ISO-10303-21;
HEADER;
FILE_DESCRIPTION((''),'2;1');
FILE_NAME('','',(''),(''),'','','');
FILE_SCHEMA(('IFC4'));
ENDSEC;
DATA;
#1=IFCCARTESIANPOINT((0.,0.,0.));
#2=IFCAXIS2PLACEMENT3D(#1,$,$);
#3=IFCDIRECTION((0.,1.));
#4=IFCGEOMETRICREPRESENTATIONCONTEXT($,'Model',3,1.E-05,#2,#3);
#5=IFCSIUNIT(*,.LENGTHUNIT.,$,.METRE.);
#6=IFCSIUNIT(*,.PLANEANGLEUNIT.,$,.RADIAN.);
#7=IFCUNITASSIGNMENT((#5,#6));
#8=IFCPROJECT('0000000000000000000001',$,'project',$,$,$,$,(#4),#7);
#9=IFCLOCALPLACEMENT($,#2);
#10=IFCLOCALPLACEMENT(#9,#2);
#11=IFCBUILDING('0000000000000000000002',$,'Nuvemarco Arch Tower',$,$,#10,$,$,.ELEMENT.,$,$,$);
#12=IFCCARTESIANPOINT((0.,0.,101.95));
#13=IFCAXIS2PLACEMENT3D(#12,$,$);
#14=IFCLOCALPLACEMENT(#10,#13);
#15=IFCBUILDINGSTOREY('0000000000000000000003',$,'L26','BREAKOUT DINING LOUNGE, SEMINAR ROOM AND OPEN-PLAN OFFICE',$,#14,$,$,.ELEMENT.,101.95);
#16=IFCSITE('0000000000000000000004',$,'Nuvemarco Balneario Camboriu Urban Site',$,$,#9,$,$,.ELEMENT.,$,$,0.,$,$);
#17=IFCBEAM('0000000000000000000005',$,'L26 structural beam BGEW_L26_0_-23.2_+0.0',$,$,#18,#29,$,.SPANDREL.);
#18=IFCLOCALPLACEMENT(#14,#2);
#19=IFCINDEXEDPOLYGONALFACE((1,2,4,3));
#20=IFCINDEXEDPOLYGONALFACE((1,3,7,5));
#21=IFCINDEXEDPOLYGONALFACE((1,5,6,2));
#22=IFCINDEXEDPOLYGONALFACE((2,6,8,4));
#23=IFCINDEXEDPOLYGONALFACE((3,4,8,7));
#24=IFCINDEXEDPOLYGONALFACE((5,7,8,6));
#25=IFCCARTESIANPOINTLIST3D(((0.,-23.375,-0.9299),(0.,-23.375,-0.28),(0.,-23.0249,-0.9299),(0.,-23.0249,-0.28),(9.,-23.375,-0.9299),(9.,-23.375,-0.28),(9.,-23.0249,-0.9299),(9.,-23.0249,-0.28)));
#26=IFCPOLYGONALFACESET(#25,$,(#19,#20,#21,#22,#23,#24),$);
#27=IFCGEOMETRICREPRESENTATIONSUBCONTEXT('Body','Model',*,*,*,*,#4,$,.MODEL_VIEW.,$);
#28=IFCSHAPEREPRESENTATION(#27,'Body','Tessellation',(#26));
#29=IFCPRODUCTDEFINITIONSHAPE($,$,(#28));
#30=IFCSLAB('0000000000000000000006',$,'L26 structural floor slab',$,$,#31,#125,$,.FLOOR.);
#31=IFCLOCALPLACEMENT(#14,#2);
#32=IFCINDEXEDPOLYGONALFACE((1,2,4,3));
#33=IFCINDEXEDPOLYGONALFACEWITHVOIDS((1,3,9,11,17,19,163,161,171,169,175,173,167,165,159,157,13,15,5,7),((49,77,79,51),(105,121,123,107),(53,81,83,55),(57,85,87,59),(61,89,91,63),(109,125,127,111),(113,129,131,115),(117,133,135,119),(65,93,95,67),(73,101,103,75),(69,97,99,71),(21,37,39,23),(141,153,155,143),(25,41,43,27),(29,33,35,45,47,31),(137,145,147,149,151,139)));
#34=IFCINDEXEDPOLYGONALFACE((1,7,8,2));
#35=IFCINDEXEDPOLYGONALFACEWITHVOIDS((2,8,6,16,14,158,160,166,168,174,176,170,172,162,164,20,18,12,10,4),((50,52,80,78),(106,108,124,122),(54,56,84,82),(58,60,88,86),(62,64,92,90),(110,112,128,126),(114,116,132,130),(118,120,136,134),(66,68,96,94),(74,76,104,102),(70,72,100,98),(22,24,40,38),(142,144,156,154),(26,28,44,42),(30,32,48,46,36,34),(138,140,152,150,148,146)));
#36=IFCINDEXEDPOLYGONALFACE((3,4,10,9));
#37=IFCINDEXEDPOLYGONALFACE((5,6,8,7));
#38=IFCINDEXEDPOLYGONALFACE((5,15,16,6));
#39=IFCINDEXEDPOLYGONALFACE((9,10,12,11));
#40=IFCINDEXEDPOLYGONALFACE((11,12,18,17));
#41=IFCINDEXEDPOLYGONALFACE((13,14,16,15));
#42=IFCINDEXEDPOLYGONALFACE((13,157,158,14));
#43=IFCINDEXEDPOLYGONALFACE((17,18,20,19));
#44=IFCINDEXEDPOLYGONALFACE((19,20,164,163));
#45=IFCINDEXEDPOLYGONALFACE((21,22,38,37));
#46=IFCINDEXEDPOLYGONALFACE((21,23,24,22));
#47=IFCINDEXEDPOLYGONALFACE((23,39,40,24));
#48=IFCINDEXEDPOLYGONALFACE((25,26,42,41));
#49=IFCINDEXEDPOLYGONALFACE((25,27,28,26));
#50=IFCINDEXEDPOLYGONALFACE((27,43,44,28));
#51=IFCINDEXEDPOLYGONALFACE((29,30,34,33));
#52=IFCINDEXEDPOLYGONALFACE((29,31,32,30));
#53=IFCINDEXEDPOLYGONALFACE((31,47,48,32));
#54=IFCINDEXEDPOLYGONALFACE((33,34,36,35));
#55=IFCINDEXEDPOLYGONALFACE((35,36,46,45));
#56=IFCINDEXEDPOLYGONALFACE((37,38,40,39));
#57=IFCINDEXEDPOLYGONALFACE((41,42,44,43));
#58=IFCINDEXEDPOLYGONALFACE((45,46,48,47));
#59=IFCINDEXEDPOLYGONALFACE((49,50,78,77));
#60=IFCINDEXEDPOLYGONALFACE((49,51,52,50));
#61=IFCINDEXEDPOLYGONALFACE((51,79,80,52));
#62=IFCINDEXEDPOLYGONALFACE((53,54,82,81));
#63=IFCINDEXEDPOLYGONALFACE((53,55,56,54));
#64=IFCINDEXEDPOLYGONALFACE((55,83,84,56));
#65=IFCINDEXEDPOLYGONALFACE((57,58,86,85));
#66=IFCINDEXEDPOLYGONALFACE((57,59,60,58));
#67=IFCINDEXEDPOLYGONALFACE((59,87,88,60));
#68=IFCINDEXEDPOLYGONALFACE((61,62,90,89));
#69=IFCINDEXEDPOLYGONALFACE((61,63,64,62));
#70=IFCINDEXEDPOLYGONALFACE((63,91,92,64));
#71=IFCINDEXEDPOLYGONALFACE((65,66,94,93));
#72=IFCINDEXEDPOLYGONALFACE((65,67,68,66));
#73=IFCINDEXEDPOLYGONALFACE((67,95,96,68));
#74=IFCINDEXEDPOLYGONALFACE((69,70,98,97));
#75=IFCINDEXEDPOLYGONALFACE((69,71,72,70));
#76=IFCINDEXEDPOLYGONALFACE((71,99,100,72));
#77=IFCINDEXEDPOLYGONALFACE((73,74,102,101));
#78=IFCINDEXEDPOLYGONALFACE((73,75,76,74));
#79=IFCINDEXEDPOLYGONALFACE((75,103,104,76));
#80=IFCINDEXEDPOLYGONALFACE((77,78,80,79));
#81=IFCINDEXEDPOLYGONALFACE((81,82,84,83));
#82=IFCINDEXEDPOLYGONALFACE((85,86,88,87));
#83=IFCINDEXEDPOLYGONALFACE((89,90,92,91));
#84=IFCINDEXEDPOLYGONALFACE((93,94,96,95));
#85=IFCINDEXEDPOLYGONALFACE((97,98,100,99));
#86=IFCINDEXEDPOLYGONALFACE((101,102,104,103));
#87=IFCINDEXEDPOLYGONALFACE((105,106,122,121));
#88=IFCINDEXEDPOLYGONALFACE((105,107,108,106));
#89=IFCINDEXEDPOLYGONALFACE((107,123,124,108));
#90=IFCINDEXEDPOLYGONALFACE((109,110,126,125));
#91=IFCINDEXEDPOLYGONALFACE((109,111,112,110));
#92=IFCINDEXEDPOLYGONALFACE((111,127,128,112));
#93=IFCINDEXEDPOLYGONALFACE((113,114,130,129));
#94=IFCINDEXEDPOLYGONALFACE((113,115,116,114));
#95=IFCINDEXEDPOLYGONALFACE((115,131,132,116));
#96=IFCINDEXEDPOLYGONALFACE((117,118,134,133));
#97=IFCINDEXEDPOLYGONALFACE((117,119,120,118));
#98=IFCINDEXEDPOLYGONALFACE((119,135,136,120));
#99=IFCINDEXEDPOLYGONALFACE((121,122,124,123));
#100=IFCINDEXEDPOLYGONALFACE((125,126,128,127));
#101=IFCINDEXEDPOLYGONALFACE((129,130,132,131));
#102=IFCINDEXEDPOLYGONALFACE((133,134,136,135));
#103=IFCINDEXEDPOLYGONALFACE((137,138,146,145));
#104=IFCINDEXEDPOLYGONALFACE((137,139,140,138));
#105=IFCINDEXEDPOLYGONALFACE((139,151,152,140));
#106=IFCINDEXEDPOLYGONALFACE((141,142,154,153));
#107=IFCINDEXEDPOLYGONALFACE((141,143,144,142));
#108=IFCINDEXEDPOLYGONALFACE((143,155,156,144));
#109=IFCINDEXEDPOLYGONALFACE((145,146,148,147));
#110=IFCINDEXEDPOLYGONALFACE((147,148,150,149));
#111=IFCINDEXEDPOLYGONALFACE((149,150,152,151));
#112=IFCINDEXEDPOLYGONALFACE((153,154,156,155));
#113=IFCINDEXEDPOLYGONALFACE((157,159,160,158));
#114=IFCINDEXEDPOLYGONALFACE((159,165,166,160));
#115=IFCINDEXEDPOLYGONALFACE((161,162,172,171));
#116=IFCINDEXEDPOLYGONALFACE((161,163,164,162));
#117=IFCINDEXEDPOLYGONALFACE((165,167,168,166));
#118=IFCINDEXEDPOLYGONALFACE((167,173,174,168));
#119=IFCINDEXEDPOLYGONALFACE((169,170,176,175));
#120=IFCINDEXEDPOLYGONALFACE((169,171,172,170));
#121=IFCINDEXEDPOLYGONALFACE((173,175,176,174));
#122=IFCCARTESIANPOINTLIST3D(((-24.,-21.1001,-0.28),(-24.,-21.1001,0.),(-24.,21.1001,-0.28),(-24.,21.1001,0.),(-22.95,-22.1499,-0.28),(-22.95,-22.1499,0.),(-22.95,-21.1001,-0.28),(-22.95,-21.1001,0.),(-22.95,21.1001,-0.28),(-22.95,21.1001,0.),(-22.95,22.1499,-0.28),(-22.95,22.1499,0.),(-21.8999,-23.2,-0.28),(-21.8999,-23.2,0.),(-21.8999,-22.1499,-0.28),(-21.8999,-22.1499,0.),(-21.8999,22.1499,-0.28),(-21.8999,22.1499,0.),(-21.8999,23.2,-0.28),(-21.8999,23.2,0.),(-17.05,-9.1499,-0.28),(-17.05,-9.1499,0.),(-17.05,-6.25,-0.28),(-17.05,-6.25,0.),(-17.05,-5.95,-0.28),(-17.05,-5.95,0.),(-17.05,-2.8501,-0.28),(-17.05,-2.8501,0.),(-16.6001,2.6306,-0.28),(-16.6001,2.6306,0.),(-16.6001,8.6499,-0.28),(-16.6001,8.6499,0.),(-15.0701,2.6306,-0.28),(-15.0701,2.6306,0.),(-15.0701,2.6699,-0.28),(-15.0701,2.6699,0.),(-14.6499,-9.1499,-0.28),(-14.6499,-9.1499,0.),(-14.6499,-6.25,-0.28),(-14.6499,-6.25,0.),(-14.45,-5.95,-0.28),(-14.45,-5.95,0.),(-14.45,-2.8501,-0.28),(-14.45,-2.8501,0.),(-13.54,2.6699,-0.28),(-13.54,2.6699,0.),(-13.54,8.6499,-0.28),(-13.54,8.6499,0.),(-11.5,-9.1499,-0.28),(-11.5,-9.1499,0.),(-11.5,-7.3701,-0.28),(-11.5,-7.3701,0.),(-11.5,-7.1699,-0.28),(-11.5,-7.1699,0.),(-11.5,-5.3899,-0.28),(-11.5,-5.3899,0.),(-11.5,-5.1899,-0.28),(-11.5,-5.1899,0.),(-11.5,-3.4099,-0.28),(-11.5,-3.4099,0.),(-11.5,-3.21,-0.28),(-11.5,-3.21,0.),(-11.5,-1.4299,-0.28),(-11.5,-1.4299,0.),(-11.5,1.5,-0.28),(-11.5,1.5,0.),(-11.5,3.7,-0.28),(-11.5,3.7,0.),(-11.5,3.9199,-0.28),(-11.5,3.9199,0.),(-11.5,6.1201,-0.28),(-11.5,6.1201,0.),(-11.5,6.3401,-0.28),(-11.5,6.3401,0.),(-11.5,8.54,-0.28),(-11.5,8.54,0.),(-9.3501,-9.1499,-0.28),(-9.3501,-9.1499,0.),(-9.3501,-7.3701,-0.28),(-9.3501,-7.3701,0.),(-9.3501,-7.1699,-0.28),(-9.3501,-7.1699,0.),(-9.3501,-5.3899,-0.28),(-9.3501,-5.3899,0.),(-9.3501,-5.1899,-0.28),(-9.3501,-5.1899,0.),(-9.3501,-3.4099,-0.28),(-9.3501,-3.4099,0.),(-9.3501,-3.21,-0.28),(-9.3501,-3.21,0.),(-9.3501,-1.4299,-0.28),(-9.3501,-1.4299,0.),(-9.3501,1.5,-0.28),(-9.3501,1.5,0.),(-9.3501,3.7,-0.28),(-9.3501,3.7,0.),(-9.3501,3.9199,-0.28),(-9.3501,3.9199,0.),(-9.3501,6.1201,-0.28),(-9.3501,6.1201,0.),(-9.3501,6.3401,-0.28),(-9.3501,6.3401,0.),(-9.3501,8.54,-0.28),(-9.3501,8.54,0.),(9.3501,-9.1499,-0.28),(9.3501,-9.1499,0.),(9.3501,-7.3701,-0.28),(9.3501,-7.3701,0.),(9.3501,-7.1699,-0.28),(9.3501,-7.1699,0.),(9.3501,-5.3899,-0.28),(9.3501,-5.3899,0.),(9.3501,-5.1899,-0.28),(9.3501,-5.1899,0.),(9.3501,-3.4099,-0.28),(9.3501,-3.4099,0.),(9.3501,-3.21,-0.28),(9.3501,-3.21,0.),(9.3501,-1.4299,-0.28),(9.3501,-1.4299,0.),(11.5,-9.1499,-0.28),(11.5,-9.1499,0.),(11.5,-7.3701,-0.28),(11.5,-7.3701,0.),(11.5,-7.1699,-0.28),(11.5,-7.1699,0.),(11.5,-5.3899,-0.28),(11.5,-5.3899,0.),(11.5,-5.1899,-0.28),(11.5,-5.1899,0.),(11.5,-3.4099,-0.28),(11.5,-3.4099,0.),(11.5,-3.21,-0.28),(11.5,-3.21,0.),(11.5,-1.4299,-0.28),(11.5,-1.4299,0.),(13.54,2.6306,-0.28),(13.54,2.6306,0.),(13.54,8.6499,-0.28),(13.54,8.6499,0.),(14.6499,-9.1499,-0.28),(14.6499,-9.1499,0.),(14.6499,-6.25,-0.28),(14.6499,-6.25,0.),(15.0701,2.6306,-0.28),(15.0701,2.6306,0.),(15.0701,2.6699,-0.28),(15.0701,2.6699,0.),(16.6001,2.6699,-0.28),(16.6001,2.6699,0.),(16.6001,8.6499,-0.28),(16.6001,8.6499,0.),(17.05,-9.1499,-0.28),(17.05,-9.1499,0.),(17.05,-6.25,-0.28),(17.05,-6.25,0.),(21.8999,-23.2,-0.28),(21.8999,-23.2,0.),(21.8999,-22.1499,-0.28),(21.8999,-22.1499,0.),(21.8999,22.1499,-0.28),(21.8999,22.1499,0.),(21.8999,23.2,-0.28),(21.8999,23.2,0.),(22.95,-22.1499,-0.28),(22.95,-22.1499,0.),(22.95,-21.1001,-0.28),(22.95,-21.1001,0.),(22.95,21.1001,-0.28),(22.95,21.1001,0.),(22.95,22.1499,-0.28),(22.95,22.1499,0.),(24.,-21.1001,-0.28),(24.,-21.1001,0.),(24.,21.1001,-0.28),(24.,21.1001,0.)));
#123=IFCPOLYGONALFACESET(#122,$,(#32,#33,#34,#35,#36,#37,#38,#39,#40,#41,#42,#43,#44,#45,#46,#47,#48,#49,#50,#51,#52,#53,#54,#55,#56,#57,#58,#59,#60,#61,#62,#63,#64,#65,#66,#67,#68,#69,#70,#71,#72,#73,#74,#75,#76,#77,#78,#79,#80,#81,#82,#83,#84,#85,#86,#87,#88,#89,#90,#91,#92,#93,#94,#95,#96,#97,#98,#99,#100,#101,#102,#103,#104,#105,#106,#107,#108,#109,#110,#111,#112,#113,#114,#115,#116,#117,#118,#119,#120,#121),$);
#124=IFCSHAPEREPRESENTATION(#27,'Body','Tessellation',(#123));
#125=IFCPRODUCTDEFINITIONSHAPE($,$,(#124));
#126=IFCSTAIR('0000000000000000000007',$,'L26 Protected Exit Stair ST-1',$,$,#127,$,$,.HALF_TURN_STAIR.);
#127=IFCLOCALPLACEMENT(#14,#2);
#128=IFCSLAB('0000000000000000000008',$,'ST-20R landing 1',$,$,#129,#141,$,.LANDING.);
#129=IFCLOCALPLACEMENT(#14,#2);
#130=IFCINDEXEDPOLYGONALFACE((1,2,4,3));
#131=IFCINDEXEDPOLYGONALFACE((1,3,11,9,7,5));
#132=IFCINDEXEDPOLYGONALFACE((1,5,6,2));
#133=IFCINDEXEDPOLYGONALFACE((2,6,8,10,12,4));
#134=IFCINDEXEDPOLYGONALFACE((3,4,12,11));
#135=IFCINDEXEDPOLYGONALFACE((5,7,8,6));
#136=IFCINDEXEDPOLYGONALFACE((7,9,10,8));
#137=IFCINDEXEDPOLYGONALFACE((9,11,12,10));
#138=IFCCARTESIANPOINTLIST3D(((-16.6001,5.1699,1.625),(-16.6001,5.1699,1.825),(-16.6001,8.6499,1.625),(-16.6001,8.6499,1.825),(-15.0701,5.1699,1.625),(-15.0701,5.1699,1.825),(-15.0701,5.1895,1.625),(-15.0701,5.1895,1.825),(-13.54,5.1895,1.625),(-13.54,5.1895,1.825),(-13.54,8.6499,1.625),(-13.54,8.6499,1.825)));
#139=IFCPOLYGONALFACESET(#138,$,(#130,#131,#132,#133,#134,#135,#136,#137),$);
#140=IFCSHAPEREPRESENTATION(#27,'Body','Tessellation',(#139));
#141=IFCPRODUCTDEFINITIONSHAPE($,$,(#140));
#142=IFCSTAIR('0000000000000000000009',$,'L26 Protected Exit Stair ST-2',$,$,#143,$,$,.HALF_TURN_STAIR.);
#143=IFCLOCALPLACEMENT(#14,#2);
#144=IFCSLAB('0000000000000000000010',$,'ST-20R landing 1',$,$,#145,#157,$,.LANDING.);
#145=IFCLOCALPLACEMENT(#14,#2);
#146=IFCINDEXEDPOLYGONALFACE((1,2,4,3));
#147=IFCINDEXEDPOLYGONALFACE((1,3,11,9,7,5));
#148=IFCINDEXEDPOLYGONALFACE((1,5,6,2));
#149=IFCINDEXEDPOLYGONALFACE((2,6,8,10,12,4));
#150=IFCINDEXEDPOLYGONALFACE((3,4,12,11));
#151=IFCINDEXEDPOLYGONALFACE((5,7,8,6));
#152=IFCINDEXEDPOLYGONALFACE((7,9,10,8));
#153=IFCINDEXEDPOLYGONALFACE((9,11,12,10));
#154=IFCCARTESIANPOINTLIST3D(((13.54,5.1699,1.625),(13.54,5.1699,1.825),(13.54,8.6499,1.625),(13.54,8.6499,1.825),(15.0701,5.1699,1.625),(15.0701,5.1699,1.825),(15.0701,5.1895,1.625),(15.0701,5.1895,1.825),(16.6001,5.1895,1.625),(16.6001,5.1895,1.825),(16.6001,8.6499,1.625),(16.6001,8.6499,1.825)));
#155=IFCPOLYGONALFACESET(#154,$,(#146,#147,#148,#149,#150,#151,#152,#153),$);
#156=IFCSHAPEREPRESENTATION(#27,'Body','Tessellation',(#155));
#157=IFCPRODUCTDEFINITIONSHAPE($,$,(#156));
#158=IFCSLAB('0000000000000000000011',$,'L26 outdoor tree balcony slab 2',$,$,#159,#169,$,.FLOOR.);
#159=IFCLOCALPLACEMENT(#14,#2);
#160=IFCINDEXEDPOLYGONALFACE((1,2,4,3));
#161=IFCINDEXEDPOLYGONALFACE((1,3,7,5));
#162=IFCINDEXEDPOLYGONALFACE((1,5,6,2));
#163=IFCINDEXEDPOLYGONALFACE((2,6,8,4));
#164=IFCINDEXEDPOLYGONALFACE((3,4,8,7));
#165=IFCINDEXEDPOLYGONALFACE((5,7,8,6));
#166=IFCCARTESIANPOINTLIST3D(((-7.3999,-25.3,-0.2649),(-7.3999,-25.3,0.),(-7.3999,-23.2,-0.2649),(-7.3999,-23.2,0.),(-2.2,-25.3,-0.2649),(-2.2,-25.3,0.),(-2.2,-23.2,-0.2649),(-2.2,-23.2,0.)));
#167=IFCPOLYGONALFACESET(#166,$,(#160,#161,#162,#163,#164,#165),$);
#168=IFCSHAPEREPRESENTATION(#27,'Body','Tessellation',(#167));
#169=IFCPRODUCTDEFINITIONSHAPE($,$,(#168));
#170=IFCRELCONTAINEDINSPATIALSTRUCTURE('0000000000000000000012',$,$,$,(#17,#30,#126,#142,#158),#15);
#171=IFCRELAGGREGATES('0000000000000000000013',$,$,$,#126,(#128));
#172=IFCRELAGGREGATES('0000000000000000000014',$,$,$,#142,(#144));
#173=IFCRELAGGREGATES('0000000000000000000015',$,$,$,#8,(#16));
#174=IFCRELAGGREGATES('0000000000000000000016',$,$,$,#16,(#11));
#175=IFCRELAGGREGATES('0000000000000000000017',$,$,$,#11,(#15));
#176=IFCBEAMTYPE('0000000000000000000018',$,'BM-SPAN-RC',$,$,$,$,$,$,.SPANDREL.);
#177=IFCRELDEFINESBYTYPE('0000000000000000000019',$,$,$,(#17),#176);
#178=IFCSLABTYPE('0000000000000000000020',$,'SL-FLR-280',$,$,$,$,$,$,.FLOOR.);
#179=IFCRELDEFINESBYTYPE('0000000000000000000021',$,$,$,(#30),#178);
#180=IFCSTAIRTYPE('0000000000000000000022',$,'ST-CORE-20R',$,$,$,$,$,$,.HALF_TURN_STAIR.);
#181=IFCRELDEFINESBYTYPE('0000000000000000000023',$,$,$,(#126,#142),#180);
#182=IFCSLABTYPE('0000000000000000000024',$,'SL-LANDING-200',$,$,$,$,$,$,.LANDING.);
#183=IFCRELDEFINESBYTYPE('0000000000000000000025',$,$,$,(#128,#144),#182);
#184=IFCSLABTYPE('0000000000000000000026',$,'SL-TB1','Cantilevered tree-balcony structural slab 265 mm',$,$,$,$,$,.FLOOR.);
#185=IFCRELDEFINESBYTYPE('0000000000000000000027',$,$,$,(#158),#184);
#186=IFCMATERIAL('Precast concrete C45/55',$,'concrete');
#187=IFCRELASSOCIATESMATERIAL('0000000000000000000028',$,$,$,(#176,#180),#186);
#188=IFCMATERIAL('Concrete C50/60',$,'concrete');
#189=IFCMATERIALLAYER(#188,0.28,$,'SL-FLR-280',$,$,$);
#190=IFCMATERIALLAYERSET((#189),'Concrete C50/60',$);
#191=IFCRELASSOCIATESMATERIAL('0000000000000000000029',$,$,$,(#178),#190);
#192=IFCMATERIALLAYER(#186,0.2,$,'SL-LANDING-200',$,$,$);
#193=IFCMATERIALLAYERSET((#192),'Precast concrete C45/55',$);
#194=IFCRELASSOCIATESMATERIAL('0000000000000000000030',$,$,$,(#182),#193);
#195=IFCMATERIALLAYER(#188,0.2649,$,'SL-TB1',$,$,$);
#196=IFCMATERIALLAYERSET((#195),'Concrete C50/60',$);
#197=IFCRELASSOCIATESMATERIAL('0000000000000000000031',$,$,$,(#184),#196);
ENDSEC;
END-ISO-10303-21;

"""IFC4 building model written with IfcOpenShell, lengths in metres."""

from ifc_helpers import new_model, si_unit, direction, frame, origin, origin_2d, place, context, subcontext, project, spatial, polyline, rectangle, outline, extrude, material, layer, layer_set, material_profile, profile_set, type_object, element, aggregate, save


model = new_model("IFC4")

# Units and contexts
model_context = context("Model", 3, precision=1e-05, world=origin(), true_north=direction((0.0, 1.0)))
body_context = subcontext(model_context, "Body", "Model", "MODEL_VIEW")
ifc_project = project(units=[si_unit("LENGTHUNIT", "METRE"), si_unit("PLANEANGLEUNIT", "RADIAN")], contexts=[model_context])

# Site, building, storey
site_placement = place(None, origin())
site = spatial("IfcSite", under=ifc_project, at=site_placement, Name="Nuvemarco Balneario Camboriu Urban Site", CompositionType="ELEMENT", RefElevation=0.0)
building_placement = place(site_placement, origin())
building = spatial("IfcBuilding", under=site, at=building_placement, Name="Nuvemarco Arch Tower", CompositionType="ELEMENT")
storey_placement = place(building_placement, frame((0.0, 0.0, 101.95)))
storey = spatial("IfcBuildingStorey", under=building, at=storey_placement, Name="L26", Description="BREAKOUT DINING LOUNGE, SEMINAR ROOM AND OPEN-PLAN OFFICE", CompositionType="ELEMENT", Elevation=101.95)

# Beam
ifc_material_1 = material(Name="Precast concrete C45/55", Category="concrete")
ifc_material_profile_1 = material_profile(ifc_material_1, rectangle(XDim=0.3501, YDim=0.6499, at=origin_2d()), Name="PC-SP-350x650")
ifc_profile_set_1 = profile_set([ifc_material_profile_1], Name="Precast concrete C45/55")
beam_type_1 = type_object("IfcBeamType", Name="BM-SPAN-RC", PredefinedType="SPANDREL", material=ifc_profile_set_1)
beam_1_placement = place(storey_placement, frame((0.0, -23.2, -0.605), z_axis=(1.0, 0.0, 0.0), x_axis=(0.0, 1.0, 0.0)))
element("IfcBeam", 1, at=beam_1_placement, inside=storey, type_object=beam_type_1, Name="L26 structural beam BGEW_L26_0_-23.2_+0.0", PredefinedType="SPANDREL", context=body_context, shape_type="SweptSolid", body=[
    extrude(rectangle(XDim=0.3501, YDim=0.6499, at=origin_2d()), origin(), (0.0, 0.0, 1.0), 9.0),
])

# Slab
ifc_material_2 = material(Name="Concrete C50/60", Category="concrete")
ifc_layer_1 = layer(ifc_material_2, 0.28, Name="SL-FLR-280")
ifc_layer_set_1 = layer_set([ifc_layer_1], Name="Concrete C50/60")
slab_type_1 = type_object("IfcSlabType", Name="SL-FLR-280", PredefinedType="FLOOR", material=ifc_layer_set_1)
slab_1_placement = place(storey_placement, frame((0.0, 0.0, -0.28)))
element("IfcSlab", 2, at=slab_1_placement, inside=storey, type_object=slab_type_1, Name="L26 structural floor slab", PredefinedType="FLOOR", context=body_context, shape_type="SweptSolid", body=[
    extrude(outline(polyline([(-21.8999, -23.2), (21.8999, -23.2), (21.8999, -22.1499), (22.95, -22.1499), (22.95, -21.1001), (24.0, -21.1001), (24.0, 21.1001), (22.95, 21.1001), (22.95, 22.1499), (21.8999, 22.1499), (21.8999, 23.2), (-21.8999, 23.2), (-21.8999, 22.1499), (-22.95, 22.1499), (-22.95, 21.1001), (-24.0, 21.1001), (-24.0, -21.1001), (-22.95, -21.1001), (-22.95, -22.1499), (-21.8999, -22.1499), (-21.8999, -23.2)]), holes=[polyline([(-13.54, 2.6699), (-13.54, 8.6499), (-16.6001, 8.6499), (-16.6001, 2.6306), (-15.0701, 2.6306), (-15.0701, 2.6699), (-13.54, 2.6699)]), polyline([(16.6001, 2.6699), (16.6001, 8.6499), (13.54, 8.6499), (13.54, 2.6306), (15.0701, 2.6306), (15.0701, 2.6699), (16.6001, 2.6699)]), polyline([(-17.05, -9.1499), (-14.6499, -9.1499), (-14.6499, -6.25), (-17.05, -6.25), (-17.05, -9.1499)]), polyline([(-17.05, -5.95), (-14.45, -5.95), (-14.45, -2.8501), (-17.05, -2.8501), (-17.05, -5.95)]), polyline([(-11.5, -9.1499), (-9.3501, -9.1499), (-9.3501, -7.3701), (-11.5, -7.3701), (-11.5, -9.1499)]), polyline([(-11.5, -7.1699), (-9.3501, -7.1699), (-9.3501, -5.3899), (-11.5, -5.3899), (-11.5, -7.1699)]), polyline([(-11.5, -5.1899), (-9.3501, -5.1899), (-9.3501, -3.4099), (-11.5, -3.4099), (-11.5, -5.1899)]), polyline([(-11.5, -3.21), (-9.3501, -3.21), (-9.3501, -1.4299), (-11.5, -1.4299), (-11.5, -3.21)]), polyline([(-11.5, 1.5), (-9.3501, 1.5), (-9.3501, 3.7), (-11.5, 3.7), (-11.5, 1.5)]), polyline([(-11.5, 3.9199), (-9.3501, 3.9199), (-9.3501, 6.1201), (-11.5, 6.1201), (-11.5, 3.9199)]), polyline([(-11.5, 6.3401), (-9.3501, 6.3401), (-9.3501, 8.54), (-11.5, 8.54), (-11.5, 6.3401)]), polyline([(14.6499, -9.1499), (17.05, -9.1499), (17.05, -6.25), (14.6499, -6.25), (14.6499, -9.1499)]), polyline([(9.3501, -9.1499), (11.5, -9.1499), (11.5, -7.3701), (9.3501, -7.3701), (9.3501, -9.1499)]), polyline([(9.3501, -7.1699), (11.5, -7.1699), (11.5, -5.3899), (9.3501, -5.3899), (9.3501, -7.1699)]), polyline([(9.3501, -5.1899), (11.5, -5.1899), (11.5, -3.4099), (9.3501, -3.4099), (9.3501, -5.1899)]), polyline([(9.3501, -3.21), (11.5, -3.21), (11.5, -1.4299), (9.3501, -1.4299), (9.3501, -3.21)])]), origin(), (0.0, 0.0, 1.0), 0.28),
])

# Stairs, slabs
stair_type = type_object("IfcStairType", Name="ST-CORE-20R", PredefinedType="HALF_TURN_STAIR", material=ifc_material_1)
stair_1_placement = place(storey_placement, origin())
stair_1 = element("IfcStair", 3, at=stair_1_placement, inside=storey, type_object=stair_type, Name="L26 Protected Exit Stair ST-1", PredefinedType="HALF_TURN_STAIR")
ifc_layer_2 = layer(ifc_material_1, 0.2, Name="SL-LANDING-200")
ifc_layer_set_2 = layer_set([ifc_layer_2], Name="Precast concrete C45/55")
slab_type_2 = type_object("IfcSlabType", Name="SL-LANDING-200", PredefinedType="LANDING", material=ifc_layer_set_2)
slab_2_placement = place(storey_placement, frame((0.0, 0.0, 1.625)))
slab_2 = element("IfcSlab", 4, at=slab_2_placement, type_object=slab_type_2, Name="ST-20R landing 1", PredefinedType="LANDING", context=body_context, shape_type="SweptSolid", body=[
    extrude(outline(polyline([(-13.54, 5.1895), (-13.54, 8.6499), (-16.6001, 8.6499), (-16.6001, 5.1699), (-15.0701, 5.1699), (-15.0701, 5.1895), (-13.54, 5.1895)])), origin(), (0.0, 0.0, 1.0), 0.2),
])
aggregate(stair_1, [slab_2])
stair_2_placement = place(storey_placement, origin())
stair_2 = element("IfcStair", 5, at=stair_2_placement, inside=storey, type_object=stair_type, Name="L26 Protected Exit Stair ST-2", PredefinedType="HALF_TURN_STAIR")
slab_3_placement = place(storey_placement, frame((0.0, 0.0, 1.625)))
slab_3 = element("IfcSlab", 6, at=slab_3_placement, type_object=slab_type_2, Name="ST-20R landing 1", PredefinedType="LANDING", context=body_context, shape_type="SweptSolid", body=[
    extrude(outline(polyline([(16.6001, 5.1895), (16.6001, 8.6499), (13.54, 8.6499), (13.54, 5.1699), (15.0701, 5.1699), (15.0701, 5.1895), (16.6001, 5.1895)])), origin(), (0.0, 0.0, 1.0), 0.2),
])
aggregate(stair_2, [slab_3])

# Slab
ifc_layer_3 = layer(ifc_material_2, 0.2649, Name="SL-TB1")
ifc_layer_set_3 = layer_set([ifc_layer_3], Name="Concrete C50/60")
slab_type_3 = type_object("IfcSlabType", Name="SL-TB1", Description="Cantilevered tree-balcony structural slab 265 mm", PredefinedType="FLOOR", material=ifc_layer_set_3)
slab_4_placement = place(storey_placement, frame((0.0, 0.0, -0.2649)))
element("IfcSlab", 7, at=slab_4_placement, inside=storey, type_object=slab_type_3, Name="L26 outdoor tree balcony slab 2", PredefinedType="FLOOR", context=body_context, shape_type="SweptSolid", body=[
    extrude(outline(polyline([(-7.3999, -25.3), (-2.2, -25.3), (-2.2, -23.2), (-7.3999, -23.2), (-7.3999, -25.3)])), origin(), (0.0, 0.0, 1.0), 0.2649),
])

save(model, "model.ifc")
